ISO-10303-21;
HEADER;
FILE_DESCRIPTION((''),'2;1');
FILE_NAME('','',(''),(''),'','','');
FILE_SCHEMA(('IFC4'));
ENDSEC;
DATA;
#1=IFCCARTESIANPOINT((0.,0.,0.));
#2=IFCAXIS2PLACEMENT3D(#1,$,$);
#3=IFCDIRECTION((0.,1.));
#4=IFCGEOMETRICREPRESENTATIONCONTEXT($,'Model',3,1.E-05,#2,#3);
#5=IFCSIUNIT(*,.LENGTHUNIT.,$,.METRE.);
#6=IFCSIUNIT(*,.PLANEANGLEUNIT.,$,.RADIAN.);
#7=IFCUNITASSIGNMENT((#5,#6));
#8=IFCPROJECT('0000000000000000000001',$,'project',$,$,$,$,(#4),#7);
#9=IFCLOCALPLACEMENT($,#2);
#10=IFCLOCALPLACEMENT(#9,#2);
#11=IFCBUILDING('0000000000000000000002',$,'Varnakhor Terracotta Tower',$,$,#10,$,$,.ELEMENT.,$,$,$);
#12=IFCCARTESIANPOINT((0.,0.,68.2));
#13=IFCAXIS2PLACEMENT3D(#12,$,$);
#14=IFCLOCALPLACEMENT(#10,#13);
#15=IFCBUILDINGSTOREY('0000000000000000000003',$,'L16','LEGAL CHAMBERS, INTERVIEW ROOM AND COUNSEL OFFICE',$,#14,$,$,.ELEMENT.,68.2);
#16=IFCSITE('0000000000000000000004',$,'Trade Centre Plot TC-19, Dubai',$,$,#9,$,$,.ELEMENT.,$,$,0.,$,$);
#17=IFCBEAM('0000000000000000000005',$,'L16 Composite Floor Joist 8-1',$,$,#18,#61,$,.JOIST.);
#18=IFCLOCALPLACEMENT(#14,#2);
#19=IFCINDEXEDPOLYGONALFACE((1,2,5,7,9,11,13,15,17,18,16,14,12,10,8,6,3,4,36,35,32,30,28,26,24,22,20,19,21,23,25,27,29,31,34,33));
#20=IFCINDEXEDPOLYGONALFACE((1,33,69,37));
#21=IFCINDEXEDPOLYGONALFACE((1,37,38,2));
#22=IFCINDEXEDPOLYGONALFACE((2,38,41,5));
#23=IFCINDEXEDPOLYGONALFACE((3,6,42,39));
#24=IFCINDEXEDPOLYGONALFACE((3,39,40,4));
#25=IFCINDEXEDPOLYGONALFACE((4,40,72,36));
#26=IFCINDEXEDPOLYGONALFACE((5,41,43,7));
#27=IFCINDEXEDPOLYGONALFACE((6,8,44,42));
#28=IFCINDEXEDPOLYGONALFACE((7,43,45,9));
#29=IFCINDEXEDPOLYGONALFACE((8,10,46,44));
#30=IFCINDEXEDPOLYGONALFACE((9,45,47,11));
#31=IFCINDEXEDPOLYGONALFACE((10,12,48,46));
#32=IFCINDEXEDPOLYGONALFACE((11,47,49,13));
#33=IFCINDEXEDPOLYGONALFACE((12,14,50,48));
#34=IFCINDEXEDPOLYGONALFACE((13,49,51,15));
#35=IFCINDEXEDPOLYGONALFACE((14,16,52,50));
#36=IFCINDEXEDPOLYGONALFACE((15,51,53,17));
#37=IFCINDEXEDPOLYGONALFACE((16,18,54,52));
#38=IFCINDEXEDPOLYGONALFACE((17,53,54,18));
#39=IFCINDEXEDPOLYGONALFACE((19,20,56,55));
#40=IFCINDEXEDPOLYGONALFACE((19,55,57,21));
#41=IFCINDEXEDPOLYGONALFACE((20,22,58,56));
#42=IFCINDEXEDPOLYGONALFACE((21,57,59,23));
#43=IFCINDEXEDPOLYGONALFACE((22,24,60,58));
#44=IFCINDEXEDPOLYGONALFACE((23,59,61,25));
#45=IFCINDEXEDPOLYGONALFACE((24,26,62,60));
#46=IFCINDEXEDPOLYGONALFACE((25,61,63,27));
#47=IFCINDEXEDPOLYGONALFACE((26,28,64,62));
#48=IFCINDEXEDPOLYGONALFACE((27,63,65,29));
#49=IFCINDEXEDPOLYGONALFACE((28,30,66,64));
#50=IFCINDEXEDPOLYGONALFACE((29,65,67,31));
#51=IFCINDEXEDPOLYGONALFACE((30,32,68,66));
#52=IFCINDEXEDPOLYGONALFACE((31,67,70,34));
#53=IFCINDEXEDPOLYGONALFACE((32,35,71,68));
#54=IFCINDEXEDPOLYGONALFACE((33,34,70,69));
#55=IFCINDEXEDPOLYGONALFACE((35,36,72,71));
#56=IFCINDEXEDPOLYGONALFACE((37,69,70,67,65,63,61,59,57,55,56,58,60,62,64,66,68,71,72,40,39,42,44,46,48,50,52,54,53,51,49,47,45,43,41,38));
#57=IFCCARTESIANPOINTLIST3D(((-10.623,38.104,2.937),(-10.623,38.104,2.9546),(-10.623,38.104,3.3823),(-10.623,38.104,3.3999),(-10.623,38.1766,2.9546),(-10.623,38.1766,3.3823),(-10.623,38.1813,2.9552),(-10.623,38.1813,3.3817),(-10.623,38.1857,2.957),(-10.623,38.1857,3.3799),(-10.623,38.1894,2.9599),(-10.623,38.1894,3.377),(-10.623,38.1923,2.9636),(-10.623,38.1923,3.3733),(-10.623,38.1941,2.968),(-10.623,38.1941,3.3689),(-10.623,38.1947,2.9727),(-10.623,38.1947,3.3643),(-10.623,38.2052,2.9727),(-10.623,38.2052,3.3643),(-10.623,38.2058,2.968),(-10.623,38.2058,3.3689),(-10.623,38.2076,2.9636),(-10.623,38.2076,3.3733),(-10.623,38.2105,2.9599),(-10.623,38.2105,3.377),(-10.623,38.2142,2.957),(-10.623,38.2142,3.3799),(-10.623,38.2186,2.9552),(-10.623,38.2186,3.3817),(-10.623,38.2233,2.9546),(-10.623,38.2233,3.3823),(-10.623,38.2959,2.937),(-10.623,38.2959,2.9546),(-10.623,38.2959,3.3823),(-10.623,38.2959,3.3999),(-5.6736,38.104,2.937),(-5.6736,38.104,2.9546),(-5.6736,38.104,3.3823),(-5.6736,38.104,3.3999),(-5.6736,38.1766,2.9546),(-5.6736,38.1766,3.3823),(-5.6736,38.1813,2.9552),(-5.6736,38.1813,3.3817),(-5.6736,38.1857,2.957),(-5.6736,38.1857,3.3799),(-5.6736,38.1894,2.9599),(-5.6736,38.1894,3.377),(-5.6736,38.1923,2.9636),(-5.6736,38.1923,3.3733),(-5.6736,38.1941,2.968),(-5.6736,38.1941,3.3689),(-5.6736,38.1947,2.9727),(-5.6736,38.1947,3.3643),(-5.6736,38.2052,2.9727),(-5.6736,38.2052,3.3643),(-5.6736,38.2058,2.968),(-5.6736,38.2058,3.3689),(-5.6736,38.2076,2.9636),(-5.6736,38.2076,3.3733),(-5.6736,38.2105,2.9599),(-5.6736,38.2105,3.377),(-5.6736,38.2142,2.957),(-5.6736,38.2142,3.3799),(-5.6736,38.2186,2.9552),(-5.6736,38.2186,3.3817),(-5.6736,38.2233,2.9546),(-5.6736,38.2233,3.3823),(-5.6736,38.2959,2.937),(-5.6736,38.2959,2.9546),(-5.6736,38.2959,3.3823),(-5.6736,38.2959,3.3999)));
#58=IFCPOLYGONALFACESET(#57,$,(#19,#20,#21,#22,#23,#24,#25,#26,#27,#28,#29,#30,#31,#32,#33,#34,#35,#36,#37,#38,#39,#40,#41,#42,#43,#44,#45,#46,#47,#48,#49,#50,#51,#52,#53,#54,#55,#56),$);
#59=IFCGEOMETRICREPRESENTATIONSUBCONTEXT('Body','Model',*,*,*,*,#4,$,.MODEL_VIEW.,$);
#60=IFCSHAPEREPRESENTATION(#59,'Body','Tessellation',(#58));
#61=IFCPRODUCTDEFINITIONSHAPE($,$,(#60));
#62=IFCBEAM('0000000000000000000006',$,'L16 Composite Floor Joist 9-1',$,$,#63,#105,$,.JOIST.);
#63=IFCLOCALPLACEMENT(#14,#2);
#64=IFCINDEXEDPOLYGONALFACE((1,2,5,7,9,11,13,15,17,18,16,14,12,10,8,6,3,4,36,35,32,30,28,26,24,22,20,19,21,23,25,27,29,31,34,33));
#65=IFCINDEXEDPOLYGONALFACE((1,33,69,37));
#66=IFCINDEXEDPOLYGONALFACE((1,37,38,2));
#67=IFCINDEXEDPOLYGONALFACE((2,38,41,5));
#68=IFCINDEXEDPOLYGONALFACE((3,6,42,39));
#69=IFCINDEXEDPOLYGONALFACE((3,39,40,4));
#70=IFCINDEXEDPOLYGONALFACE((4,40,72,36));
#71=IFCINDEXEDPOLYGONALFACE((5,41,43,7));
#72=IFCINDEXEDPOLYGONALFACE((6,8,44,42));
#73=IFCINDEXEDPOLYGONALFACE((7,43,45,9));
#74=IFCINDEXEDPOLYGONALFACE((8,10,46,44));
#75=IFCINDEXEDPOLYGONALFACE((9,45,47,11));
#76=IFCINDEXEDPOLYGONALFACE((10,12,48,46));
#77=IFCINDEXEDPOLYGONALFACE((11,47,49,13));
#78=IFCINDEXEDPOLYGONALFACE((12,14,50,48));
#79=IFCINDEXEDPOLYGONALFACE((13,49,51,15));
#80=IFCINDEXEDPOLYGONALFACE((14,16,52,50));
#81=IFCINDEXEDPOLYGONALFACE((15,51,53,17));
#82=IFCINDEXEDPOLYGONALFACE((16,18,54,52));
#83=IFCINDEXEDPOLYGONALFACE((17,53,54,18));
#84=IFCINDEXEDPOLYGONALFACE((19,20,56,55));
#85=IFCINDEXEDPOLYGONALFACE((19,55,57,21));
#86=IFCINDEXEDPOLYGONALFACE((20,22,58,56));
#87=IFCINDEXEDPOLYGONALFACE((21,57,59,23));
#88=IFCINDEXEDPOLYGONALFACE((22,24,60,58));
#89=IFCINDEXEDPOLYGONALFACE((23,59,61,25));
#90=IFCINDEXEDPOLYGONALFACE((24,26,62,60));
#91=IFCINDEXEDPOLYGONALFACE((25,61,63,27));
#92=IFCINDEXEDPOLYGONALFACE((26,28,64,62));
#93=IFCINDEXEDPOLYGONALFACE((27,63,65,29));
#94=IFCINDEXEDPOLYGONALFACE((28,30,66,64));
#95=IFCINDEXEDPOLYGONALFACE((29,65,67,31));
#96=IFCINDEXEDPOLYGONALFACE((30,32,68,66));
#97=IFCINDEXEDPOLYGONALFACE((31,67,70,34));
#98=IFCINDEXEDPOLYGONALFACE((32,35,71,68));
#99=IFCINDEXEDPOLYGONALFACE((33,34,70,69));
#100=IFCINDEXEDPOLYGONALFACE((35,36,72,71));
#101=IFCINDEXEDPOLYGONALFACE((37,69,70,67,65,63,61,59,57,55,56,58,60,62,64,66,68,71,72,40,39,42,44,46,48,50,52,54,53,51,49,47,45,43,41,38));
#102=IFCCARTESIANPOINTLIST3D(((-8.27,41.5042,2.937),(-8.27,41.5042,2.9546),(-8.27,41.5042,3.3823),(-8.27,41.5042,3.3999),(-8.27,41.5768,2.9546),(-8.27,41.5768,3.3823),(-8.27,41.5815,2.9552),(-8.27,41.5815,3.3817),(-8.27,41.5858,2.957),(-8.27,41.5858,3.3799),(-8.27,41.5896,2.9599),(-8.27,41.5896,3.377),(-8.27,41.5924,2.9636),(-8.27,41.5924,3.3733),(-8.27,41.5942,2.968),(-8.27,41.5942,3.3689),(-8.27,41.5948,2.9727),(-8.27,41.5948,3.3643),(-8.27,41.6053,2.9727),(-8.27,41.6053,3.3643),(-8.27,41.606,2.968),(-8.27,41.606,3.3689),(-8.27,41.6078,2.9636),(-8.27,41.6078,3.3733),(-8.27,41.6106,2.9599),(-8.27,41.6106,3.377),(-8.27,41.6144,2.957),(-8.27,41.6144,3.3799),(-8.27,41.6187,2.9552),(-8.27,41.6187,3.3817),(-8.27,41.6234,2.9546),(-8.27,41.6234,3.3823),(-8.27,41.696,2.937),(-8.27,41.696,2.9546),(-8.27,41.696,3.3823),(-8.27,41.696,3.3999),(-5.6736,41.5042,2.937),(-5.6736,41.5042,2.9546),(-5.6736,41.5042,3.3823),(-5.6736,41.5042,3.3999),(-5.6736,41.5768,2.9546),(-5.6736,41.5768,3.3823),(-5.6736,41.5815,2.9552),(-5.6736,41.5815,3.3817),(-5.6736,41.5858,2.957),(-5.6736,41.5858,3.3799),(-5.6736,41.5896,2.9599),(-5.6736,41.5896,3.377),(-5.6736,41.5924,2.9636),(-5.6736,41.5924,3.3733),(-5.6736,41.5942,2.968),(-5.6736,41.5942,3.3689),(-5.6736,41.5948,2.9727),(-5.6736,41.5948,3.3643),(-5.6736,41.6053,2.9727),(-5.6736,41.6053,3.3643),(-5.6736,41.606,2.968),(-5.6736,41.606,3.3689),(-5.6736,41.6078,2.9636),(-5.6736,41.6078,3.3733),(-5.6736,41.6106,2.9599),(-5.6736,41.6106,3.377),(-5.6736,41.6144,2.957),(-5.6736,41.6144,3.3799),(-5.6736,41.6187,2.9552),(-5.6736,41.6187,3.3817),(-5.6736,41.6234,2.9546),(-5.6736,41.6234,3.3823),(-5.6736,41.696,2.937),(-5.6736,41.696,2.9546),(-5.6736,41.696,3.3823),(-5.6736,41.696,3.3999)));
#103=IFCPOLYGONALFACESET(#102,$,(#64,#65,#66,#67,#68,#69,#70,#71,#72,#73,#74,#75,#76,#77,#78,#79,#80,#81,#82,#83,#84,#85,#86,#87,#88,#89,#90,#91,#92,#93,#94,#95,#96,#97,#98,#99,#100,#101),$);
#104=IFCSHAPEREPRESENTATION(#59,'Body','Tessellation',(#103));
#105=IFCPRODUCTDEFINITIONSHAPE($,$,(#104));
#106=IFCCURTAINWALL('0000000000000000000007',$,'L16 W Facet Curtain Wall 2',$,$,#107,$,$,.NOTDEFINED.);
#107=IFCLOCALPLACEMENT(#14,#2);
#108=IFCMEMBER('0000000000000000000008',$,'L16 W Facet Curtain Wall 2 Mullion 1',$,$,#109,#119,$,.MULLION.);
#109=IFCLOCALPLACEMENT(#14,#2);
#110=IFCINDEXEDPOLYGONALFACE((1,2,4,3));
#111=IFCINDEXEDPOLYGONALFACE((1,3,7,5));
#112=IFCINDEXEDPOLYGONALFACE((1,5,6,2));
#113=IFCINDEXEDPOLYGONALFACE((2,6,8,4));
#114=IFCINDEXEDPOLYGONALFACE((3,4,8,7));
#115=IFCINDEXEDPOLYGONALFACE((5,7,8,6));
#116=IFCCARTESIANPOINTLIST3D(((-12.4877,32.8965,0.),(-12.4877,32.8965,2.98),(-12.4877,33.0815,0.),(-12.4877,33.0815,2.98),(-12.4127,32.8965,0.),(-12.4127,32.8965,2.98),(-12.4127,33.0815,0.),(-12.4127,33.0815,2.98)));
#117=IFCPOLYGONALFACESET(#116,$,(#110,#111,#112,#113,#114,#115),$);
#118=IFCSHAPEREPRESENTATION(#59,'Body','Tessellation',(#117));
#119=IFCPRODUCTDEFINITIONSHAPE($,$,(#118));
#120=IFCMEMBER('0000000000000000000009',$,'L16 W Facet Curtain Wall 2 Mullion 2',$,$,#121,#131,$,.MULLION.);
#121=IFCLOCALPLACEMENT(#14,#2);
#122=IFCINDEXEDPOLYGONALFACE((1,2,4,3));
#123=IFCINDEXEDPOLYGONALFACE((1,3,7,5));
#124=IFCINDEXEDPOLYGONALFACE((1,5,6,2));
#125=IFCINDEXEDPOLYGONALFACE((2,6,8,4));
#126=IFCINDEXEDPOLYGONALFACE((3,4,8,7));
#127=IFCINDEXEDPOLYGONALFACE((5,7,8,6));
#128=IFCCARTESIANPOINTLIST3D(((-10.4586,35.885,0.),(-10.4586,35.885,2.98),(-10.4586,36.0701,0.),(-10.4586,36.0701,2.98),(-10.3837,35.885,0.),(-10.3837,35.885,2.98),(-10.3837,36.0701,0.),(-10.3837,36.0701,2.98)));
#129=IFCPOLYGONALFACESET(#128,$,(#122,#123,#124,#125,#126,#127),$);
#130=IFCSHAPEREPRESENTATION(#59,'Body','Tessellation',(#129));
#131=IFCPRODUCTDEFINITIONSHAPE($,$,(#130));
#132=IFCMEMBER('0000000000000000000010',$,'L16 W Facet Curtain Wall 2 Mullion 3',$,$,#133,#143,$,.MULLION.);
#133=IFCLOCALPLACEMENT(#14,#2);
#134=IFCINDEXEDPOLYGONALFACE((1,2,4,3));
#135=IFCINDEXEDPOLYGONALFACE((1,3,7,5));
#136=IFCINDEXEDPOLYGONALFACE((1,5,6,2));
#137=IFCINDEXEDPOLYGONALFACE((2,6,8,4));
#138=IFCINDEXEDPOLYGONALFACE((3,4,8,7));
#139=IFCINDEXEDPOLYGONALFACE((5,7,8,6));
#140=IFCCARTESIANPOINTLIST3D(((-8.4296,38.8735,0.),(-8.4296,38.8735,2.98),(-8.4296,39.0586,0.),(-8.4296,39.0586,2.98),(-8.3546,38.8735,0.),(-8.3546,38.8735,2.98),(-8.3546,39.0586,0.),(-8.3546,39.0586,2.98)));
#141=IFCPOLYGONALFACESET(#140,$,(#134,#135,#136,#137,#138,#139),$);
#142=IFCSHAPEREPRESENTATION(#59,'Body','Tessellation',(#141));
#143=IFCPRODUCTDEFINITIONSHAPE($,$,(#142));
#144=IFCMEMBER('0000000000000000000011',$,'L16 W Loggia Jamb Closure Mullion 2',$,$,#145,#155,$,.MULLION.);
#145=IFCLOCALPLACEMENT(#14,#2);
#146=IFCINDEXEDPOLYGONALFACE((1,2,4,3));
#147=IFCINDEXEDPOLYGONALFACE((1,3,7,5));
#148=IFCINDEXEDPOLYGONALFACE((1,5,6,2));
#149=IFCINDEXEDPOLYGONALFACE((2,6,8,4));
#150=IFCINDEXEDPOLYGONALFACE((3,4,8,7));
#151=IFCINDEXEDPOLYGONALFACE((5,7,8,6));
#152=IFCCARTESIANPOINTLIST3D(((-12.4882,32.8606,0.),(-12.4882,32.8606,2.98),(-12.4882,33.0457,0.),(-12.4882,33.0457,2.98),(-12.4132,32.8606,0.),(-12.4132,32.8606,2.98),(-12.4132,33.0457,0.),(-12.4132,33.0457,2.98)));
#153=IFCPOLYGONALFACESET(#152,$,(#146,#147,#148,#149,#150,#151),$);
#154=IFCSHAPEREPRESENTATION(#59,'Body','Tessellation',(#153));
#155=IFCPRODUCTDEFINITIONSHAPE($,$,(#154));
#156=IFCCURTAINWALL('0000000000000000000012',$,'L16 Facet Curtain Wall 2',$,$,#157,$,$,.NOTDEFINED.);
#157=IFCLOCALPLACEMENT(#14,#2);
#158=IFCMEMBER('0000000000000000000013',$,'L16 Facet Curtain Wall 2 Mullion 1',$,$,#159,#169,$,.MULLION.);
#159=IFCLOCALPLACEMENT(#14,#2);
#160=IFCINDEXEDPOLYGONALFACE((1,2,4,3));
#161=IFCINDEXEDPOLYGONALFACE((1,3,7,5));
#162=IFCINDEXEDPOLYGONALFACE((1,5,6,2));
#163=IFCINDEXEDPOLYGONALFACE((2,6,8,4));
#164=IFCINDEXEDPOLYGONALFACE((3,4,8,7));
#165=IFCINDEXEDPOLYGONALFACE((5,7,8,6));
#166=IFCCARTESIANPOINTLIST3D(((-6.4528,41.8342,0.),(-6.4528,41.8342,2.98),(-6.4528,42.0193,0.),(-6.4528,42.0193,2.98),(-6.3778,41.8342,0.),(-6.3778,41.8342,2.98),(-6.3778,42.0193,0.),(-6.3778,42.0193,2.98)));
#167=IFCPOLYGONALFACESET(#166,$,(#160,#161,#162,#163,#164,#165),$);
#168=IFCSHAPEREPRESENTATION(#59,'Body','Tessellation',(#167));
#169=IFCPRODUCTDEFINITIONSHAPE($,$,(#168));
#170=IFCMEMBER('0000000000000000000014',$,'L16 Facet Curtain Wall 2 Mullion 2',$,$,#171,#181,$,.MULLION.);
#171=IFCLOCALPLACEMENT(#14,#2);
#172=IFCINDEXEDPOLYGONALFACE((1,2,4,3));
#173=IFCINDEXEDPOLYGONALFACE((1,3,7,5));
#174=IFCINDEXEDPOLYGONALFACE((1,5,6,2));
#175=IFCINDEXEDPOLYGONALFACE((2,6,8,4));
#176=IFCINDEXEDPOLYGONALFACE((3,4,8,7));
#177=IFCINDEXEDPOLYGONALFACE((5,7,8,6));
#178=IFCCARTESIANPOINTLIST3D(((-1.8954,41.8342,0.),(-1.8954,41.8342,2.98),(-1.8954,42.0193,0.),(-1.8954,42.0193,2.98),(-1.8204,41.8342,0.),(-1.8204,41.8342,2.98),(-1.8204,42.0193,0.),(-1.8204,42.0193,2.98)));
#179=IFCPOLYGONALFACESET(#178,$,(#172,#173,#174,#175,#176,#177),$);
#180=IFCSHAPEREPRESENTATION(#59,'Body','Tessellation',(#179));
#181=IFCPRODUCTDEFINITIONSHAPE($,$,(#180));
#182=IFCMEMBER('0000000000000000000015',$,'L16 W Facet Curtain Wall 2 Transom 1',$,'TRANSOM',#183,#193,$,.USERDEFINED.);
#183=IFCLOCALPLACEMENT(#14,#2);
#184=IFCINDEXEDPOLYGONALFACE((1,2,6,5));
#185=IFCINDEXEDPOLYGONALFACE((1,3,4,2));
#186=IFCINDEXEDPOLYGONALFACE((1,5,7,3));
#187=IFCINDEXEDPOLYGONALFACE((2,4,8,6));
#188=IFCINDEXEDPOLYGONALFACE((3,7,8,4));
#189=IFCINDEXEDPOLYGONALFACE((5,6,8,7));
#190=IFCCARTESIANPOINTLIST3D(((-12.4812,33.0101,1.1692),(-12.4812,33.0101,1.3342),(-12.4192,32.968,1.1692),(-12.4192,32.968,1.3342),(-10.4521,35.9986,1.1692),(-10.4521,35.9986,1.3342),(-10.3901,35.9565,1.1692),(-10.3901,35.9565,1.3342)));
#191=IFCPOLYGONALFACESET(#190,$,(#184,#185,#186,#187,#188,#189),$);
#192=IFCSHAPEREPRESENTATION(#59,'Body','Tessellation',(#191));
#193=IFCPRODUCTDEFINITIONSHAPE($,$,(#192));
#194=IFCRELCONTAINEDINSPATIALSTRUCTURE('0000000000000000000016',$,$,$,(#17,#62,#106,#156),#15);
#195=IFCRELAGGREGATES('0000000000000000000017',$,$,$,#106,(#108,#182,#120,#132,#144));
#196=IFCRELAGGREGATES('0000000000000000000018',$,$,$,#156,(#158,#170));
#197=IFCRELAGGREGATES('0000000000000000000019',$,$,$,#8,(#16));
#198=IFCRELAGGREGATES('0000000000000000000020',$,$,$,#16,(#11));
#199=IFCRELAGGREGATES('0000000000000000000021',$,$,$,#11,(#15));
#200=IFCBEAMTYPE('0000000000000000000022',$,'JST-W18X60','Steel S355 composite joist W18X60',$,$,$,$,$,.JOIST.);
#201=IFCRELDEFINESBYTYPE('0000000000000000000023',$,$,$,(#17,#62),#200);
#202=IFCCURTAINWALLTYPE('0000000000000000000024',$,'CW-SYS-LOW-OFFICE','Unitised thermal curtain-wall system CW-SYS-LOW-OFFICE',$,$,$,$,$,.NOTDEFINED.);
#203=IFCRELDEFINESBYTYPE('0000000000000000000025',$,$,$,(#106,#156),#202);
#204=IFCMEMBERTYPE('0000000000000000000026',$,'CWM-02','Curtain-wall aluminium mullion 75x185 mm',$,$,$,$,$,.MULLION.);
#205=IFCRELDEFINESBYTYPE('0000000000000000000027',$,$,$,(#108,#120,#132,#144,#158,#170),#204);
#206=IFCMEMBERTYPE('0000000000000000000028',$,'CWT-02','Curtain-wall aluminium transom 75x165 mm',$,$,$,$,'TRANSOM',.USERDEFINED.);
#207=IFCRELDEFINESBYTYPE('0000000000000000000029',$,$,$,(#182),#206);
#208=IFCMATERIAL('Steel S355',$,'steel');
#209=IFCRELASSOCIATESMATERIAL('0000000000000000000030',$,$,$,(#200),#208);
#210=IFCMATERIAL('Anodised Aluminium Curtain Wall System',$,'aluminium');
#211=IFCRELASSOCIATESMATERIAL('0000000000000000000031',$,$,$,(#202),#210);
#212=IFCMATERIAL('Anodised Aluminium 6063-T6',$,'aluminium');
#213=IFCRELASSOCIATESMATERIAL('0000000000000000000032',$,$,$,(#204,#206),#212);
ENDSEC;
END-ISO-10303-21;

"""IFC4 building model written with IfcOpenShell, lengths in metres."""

from ifc_helpers import new_model, si_unit, direction, frame, origin, origin_2d, place, context, subcontext, project, spatial, rectangle, i_section, extrude, source, transform, mapped, material, material_profile, profile_set, type_object, element, aggregate, save


model = new_model("IFC4")

# Units and contexts
model_context = context("Model", 3, precision=1e-05, world=origin(), true_north=direction((0.0, 1.0)))
body_context = subcontext(model_context, "Body", "Model", "MODEL_VIEW")
ifc_project = project(units=[si_unit("LENGTHUNIT", "METRE"), si_unit("PLANEANGLEUNIT", "RADIAN")], contexts=[model_context])

# Site, building, storey
site_placement = place(None, origin())
site = spatial("IfcSite", under=ifc_project, at=site_placement, Name="Trade Centre Plot TC-19, Dubai", CompositionType="ELEMENT", RefElevation=0.0)
building_placement = place(site_placement, origin())
building = spatial("IfcBuilding", under=site, at=building_placement, Name="Varnakhor Terracotta Tower", CompositionType="ELEMENT")
storey_placement = place(building_placement, frame((0.0, 0.0, 68.2)))
storey = spatial("IfcBuildingStorey", under=building, at=storey_placement, Name="L16", Description="LEGAL CHAMBERS, INTERVIEW ROOM AND COUNSEL OFFICE", CompositionType="ELEMENT", Elevation=68.2)

# Beams
ifc_material_1 = material(Name="Steel S355", Category="steel")
ifc_material_profile_1 = material_profile(ifc_material_1, i_section(OverallWidth=0.1919, OverallDepth=0.4629, WebThickness=0.0105, FlangeThickness=0.0176, FilletRadius=0.0181, at=origin_2d()), Name="W18X60")
ifc_profile_set_1 = profile_set([ifc_material_profile_1], Name="Steel S355")
beam_type_1 = type_object("IfcBeamType", Name="JST-W18X60", Description="Steel S355 composite joist W18X60", PredefinedType="JOIST", material=ifc_profile_set_1)
shared_shape_1 = source(origin(), body_context, "Body", "SweptSolid", [
    extrude(i_section(OverallWidth=0.1919, OverallDepth=0.4629, WebThickness=0.0105, FlangeThickness=0.0176, FilletRadius=0.0181, at=origin_2d()), origin(), (0.0, 0.0, 1.0), 4.9495),
])
beam_1_placement = place(storey_placement, frame((-10.623, 38.2, 3.1685), z_axis=(1.0, 0.0, 0.0), x_axis=(0.0, 1.0, 0.0)))
element("IfcBeam", 1, at=beam_1_placement, inside=storey, type_object=beam_type_1, Name="L16 Composite Floor Joist 8-1", PredefinedType="JOIST", context=body_context, shape_type="MappedRepresentation", body=[
    mapped(shared_shape_1, transform((0.0, 0.0, 0.0), scale=1.0)),
])
shared_shape_2 = source(origin(), body_context, "Body", "SweptSolid", [
    extrude(i_section(OverallWidth=0.1919, OverallDepth=0.4629, WebThickness=0.0105, FlangeThickness=0.0176, FilletRadius=0.0181, at=origin_2d()), origin(), (0.0, 0.0, 1.0), 2.5964),
])
beam_2_placement = place(storey_placement, frame((-8.27, 41.6001, 3.1685), z_axis=(1.0, 0.0, 0.0), x_axis=(0.0, 1.0, 0.0)))
element("IfcBeam", 2, at=beam_2_placement, inside=storey, type_object=beam_type_1, Name="L16 Composite Floor Joist 9-1", PredefinedType="JOIST", context=body_context, shape_type="MappedRepresentation", body=[
    mapped(shared_shape_2, transform((0.0, 0.0, 0.0), scale=1.0)),
])

# Curtain walls, members
ifc_material_2 = material(Name="Anodised Aluminium Curtain Wall System", Category="aluminium")
curtain_wall_type = type_object("IfcCurtainWallType", Name="CW-SYS-LOW-OFFICE", Description="Unitised thermal curtain-wall system CW-SYS-LOW-OFFICE", PredefinedType="NOTDEFINED", material=ifc_material_2)
curtain_wall_1_placement = place(storey_placement, origin())
curtain_wall_1 = element("IfcCurtainWall", 3, at=curtain_wall_1_placement, inside=storey, type_object=curtain_wall_type, Name="L16 W Facet Curtain Wall 2", PredefinedType="NOTDEFINED")
ifc_material_3 = material(Name="Anodised Aluminium 6063-T6", Category="aluminium")
ifc_material_profile_2 = material_profile(ifc_material_3, rectangle(XDim=0.075, YDim=0.1851, at=origin_2d()), Name="ALU MULLION 75x185")
ifc_profile_set_2 = profile_set([ifc_material_profile_2], Name="Anodised Aluminium 6063-T6")
member_type_1 = type_object("IfcMemberType", Name="CWM-02", Description="Curtain-wall aluminium mullion 75x185 mm", PredefinedType="MULLION", material=ifc_profile_set_2)
shared_shape_3 = source(origin(), body_context, "Body", "SweptSolid", [
    extrude(rectangle(XDim=0.075, YDim=0.1851, at=origin_2d()), origin(), (0.0, 0.0, 1.0), 2.98),
])
member_1_placement = place(storey_placement, frame((-12.4502, 32.989, 0.0), z_axis=(0.0, 0.0, 1.0), x_axis=(1.0, 0.0, 0.0)))
member_1 = element("IfcMember", 4, at=member_1_placement, type_object=member_type_1, Name="L16 W Facet Curtain Wall 2 Mullion 1", PredefinedType="MULLION", context=body_context, shape_type="MappedRepresentation", body=[
    mapped(shared_shape_3, transform((0.0, 0.0, 0.0), scale=1.0)),
])
member_2_placement = place(storey_placement, frame((-10.4211, 35.9775, 0.0), z_axis=(0.0, 0.0, 1.0), x_axis=(1.0, 0.0, 0.0)))
member_2 = element("IfcMember", 5, at=member_2_placement, type_object=member_type_1, Name="L16 W Facet Curtain Wall 2 Mullion 2", PredefinedType="MULLION", context=body_context, shape_type="MappedRepresentation", body=[
    mapped(shared_shape_3, transform((0.0, 0.0, 0.0), scale=1.0)),
])
member_3_placement = place(storey_placement, frame((-8.3921, 38.9661, 0.0), z_axis=(0.0, 0.0, 1.0), x_axis=(1.0, 0.0, 0.0)))
member_3 = element("IfcMember", 6, at=member_3_placement, type_object=member_type_1, Name="L16 W Facet Curtain Wall 2 Mullion 3", PredefinedType="MULLION", context=body_context, shape_type="MappedRepresentation", body=[
    mapped(shared_shape_3, transform((0.0, 0.0, 0.0), scale=1.0)),
])
member_4_placement = place(storey_placement, frame((-12.4507, 32.9531, 0.0), z_axis=(0.0, 0.0, 1.0), x_axis=(1.0, 0.0, 0.0)))
member_4 = element("IfcMember", 7, at=member_4_placement, type_object=member_type_1, Name="L16 W Loggia Jamb Closure Mullion 2", PredefinedType="MULLION", context=body_context, shape_type="MappedRepresentation", body=[
    mapped(shared_shape_3, transform((0.0, 0.0, 0.0), scale=1.0)),
])
curtain_wall_2_placement = place(storey_placement, origin())
curtain_wall_2 = element("IfcCurtainWall", 8, at=curtain_wall_2_placement, inside=storey, type_object=curtain_wall_type, Name="L16 Facet Curtain Wall 2", PredefinedType="NOTDEFINED")
member_5_placement = place(storey_placement, frame((-6.4153, 41.9268, 0.0), z_axis=(0.0, 0.0, 1.0), x_axis=(1.0, 0.0, 0.0)))
member_5 = element("IfcMember", 9, at=member_5_placement, type_object=member_type_1, Name="L16 Facet Curtain Wall 2 Mullion 1", PredefinedType="MULLION", context=body_context, shape_type="MappedRepresentation", body=[
    mapped(shared_shape_3, transform((0.0, 0.0, 0.0), scale=1.0)),
])
member_6_placement = place(storey_placement, frame((-1.8579, 41.9268, 0.0), z_axis=(0.0, 0.0, 1.0), x_axis=(1.0, 0.0, 0.0)))
member_6 = element("IfcMember", 10, at=member_6_placement, type_object=member_type_1, Name="L16 Facet Curtain Wall 2 Mullion 2", PredefinedType="MULLION", context=body_context, shape_type="MappedRepresentation", body=[
    mapped(shared_shape_3, transform((0.0, 0.0, 0.0), scale=1.0)),
])

# Member
ifc_material_profile_3 = material_profile(ifc_material_3, rectangle(XDim=0.075, YDim=0.165, at=origin_2d()), Name="ALU TRANSOM 75x165")
ifc_profile_set_3 = profile_set([ifc_material_profile_3], Name="Anodised Aluminium 6063-T6")
member_type_2 = type_object("IfcMemberType", Name="CWT-02", Description="Curtain-wall aluminium transom 75x165 mm", ElementType="TRANSOM", PredefinedType="USERDEFINED", material=ifc_profile_set_3)
shared_shape_4 = source(origin(), body_context, "Body", "SweptSolid", [
    extrude(rectangle(XDim=0.075, YDim=0.165, at=origin_2d()), origin(), (0.0, 0.0, 1.0), 3.6123),
])
member_7_placement = place(storey_placement, frame((-12.4502, 32.989, 1.2517), z_axis=(0.561715, 0.827331, 0.0), x_axis=(-0.827331, 0.561715, 0.0)))
member_7 = element("IfcMember", 11, at=member_7_placement, type_object=member_type_2, Name="L16 W Facet Curtain Wall 2 Transom 1", ObjectType="TRANSOM", PredefinedType="USERDEFINED", context=body_context, shape_type="MappedRepresentation", body=[
    mapped(shared_shape_4, transform((0.0, 0.0, 0.0), scale=1.0)),
])

aggregate(curtain_wall_1, [member_1, member_7, member_2, member_3, member_4])
aggregate(curtain_wall_2, [member_5, member_6])

save(model, "model.ifc")
